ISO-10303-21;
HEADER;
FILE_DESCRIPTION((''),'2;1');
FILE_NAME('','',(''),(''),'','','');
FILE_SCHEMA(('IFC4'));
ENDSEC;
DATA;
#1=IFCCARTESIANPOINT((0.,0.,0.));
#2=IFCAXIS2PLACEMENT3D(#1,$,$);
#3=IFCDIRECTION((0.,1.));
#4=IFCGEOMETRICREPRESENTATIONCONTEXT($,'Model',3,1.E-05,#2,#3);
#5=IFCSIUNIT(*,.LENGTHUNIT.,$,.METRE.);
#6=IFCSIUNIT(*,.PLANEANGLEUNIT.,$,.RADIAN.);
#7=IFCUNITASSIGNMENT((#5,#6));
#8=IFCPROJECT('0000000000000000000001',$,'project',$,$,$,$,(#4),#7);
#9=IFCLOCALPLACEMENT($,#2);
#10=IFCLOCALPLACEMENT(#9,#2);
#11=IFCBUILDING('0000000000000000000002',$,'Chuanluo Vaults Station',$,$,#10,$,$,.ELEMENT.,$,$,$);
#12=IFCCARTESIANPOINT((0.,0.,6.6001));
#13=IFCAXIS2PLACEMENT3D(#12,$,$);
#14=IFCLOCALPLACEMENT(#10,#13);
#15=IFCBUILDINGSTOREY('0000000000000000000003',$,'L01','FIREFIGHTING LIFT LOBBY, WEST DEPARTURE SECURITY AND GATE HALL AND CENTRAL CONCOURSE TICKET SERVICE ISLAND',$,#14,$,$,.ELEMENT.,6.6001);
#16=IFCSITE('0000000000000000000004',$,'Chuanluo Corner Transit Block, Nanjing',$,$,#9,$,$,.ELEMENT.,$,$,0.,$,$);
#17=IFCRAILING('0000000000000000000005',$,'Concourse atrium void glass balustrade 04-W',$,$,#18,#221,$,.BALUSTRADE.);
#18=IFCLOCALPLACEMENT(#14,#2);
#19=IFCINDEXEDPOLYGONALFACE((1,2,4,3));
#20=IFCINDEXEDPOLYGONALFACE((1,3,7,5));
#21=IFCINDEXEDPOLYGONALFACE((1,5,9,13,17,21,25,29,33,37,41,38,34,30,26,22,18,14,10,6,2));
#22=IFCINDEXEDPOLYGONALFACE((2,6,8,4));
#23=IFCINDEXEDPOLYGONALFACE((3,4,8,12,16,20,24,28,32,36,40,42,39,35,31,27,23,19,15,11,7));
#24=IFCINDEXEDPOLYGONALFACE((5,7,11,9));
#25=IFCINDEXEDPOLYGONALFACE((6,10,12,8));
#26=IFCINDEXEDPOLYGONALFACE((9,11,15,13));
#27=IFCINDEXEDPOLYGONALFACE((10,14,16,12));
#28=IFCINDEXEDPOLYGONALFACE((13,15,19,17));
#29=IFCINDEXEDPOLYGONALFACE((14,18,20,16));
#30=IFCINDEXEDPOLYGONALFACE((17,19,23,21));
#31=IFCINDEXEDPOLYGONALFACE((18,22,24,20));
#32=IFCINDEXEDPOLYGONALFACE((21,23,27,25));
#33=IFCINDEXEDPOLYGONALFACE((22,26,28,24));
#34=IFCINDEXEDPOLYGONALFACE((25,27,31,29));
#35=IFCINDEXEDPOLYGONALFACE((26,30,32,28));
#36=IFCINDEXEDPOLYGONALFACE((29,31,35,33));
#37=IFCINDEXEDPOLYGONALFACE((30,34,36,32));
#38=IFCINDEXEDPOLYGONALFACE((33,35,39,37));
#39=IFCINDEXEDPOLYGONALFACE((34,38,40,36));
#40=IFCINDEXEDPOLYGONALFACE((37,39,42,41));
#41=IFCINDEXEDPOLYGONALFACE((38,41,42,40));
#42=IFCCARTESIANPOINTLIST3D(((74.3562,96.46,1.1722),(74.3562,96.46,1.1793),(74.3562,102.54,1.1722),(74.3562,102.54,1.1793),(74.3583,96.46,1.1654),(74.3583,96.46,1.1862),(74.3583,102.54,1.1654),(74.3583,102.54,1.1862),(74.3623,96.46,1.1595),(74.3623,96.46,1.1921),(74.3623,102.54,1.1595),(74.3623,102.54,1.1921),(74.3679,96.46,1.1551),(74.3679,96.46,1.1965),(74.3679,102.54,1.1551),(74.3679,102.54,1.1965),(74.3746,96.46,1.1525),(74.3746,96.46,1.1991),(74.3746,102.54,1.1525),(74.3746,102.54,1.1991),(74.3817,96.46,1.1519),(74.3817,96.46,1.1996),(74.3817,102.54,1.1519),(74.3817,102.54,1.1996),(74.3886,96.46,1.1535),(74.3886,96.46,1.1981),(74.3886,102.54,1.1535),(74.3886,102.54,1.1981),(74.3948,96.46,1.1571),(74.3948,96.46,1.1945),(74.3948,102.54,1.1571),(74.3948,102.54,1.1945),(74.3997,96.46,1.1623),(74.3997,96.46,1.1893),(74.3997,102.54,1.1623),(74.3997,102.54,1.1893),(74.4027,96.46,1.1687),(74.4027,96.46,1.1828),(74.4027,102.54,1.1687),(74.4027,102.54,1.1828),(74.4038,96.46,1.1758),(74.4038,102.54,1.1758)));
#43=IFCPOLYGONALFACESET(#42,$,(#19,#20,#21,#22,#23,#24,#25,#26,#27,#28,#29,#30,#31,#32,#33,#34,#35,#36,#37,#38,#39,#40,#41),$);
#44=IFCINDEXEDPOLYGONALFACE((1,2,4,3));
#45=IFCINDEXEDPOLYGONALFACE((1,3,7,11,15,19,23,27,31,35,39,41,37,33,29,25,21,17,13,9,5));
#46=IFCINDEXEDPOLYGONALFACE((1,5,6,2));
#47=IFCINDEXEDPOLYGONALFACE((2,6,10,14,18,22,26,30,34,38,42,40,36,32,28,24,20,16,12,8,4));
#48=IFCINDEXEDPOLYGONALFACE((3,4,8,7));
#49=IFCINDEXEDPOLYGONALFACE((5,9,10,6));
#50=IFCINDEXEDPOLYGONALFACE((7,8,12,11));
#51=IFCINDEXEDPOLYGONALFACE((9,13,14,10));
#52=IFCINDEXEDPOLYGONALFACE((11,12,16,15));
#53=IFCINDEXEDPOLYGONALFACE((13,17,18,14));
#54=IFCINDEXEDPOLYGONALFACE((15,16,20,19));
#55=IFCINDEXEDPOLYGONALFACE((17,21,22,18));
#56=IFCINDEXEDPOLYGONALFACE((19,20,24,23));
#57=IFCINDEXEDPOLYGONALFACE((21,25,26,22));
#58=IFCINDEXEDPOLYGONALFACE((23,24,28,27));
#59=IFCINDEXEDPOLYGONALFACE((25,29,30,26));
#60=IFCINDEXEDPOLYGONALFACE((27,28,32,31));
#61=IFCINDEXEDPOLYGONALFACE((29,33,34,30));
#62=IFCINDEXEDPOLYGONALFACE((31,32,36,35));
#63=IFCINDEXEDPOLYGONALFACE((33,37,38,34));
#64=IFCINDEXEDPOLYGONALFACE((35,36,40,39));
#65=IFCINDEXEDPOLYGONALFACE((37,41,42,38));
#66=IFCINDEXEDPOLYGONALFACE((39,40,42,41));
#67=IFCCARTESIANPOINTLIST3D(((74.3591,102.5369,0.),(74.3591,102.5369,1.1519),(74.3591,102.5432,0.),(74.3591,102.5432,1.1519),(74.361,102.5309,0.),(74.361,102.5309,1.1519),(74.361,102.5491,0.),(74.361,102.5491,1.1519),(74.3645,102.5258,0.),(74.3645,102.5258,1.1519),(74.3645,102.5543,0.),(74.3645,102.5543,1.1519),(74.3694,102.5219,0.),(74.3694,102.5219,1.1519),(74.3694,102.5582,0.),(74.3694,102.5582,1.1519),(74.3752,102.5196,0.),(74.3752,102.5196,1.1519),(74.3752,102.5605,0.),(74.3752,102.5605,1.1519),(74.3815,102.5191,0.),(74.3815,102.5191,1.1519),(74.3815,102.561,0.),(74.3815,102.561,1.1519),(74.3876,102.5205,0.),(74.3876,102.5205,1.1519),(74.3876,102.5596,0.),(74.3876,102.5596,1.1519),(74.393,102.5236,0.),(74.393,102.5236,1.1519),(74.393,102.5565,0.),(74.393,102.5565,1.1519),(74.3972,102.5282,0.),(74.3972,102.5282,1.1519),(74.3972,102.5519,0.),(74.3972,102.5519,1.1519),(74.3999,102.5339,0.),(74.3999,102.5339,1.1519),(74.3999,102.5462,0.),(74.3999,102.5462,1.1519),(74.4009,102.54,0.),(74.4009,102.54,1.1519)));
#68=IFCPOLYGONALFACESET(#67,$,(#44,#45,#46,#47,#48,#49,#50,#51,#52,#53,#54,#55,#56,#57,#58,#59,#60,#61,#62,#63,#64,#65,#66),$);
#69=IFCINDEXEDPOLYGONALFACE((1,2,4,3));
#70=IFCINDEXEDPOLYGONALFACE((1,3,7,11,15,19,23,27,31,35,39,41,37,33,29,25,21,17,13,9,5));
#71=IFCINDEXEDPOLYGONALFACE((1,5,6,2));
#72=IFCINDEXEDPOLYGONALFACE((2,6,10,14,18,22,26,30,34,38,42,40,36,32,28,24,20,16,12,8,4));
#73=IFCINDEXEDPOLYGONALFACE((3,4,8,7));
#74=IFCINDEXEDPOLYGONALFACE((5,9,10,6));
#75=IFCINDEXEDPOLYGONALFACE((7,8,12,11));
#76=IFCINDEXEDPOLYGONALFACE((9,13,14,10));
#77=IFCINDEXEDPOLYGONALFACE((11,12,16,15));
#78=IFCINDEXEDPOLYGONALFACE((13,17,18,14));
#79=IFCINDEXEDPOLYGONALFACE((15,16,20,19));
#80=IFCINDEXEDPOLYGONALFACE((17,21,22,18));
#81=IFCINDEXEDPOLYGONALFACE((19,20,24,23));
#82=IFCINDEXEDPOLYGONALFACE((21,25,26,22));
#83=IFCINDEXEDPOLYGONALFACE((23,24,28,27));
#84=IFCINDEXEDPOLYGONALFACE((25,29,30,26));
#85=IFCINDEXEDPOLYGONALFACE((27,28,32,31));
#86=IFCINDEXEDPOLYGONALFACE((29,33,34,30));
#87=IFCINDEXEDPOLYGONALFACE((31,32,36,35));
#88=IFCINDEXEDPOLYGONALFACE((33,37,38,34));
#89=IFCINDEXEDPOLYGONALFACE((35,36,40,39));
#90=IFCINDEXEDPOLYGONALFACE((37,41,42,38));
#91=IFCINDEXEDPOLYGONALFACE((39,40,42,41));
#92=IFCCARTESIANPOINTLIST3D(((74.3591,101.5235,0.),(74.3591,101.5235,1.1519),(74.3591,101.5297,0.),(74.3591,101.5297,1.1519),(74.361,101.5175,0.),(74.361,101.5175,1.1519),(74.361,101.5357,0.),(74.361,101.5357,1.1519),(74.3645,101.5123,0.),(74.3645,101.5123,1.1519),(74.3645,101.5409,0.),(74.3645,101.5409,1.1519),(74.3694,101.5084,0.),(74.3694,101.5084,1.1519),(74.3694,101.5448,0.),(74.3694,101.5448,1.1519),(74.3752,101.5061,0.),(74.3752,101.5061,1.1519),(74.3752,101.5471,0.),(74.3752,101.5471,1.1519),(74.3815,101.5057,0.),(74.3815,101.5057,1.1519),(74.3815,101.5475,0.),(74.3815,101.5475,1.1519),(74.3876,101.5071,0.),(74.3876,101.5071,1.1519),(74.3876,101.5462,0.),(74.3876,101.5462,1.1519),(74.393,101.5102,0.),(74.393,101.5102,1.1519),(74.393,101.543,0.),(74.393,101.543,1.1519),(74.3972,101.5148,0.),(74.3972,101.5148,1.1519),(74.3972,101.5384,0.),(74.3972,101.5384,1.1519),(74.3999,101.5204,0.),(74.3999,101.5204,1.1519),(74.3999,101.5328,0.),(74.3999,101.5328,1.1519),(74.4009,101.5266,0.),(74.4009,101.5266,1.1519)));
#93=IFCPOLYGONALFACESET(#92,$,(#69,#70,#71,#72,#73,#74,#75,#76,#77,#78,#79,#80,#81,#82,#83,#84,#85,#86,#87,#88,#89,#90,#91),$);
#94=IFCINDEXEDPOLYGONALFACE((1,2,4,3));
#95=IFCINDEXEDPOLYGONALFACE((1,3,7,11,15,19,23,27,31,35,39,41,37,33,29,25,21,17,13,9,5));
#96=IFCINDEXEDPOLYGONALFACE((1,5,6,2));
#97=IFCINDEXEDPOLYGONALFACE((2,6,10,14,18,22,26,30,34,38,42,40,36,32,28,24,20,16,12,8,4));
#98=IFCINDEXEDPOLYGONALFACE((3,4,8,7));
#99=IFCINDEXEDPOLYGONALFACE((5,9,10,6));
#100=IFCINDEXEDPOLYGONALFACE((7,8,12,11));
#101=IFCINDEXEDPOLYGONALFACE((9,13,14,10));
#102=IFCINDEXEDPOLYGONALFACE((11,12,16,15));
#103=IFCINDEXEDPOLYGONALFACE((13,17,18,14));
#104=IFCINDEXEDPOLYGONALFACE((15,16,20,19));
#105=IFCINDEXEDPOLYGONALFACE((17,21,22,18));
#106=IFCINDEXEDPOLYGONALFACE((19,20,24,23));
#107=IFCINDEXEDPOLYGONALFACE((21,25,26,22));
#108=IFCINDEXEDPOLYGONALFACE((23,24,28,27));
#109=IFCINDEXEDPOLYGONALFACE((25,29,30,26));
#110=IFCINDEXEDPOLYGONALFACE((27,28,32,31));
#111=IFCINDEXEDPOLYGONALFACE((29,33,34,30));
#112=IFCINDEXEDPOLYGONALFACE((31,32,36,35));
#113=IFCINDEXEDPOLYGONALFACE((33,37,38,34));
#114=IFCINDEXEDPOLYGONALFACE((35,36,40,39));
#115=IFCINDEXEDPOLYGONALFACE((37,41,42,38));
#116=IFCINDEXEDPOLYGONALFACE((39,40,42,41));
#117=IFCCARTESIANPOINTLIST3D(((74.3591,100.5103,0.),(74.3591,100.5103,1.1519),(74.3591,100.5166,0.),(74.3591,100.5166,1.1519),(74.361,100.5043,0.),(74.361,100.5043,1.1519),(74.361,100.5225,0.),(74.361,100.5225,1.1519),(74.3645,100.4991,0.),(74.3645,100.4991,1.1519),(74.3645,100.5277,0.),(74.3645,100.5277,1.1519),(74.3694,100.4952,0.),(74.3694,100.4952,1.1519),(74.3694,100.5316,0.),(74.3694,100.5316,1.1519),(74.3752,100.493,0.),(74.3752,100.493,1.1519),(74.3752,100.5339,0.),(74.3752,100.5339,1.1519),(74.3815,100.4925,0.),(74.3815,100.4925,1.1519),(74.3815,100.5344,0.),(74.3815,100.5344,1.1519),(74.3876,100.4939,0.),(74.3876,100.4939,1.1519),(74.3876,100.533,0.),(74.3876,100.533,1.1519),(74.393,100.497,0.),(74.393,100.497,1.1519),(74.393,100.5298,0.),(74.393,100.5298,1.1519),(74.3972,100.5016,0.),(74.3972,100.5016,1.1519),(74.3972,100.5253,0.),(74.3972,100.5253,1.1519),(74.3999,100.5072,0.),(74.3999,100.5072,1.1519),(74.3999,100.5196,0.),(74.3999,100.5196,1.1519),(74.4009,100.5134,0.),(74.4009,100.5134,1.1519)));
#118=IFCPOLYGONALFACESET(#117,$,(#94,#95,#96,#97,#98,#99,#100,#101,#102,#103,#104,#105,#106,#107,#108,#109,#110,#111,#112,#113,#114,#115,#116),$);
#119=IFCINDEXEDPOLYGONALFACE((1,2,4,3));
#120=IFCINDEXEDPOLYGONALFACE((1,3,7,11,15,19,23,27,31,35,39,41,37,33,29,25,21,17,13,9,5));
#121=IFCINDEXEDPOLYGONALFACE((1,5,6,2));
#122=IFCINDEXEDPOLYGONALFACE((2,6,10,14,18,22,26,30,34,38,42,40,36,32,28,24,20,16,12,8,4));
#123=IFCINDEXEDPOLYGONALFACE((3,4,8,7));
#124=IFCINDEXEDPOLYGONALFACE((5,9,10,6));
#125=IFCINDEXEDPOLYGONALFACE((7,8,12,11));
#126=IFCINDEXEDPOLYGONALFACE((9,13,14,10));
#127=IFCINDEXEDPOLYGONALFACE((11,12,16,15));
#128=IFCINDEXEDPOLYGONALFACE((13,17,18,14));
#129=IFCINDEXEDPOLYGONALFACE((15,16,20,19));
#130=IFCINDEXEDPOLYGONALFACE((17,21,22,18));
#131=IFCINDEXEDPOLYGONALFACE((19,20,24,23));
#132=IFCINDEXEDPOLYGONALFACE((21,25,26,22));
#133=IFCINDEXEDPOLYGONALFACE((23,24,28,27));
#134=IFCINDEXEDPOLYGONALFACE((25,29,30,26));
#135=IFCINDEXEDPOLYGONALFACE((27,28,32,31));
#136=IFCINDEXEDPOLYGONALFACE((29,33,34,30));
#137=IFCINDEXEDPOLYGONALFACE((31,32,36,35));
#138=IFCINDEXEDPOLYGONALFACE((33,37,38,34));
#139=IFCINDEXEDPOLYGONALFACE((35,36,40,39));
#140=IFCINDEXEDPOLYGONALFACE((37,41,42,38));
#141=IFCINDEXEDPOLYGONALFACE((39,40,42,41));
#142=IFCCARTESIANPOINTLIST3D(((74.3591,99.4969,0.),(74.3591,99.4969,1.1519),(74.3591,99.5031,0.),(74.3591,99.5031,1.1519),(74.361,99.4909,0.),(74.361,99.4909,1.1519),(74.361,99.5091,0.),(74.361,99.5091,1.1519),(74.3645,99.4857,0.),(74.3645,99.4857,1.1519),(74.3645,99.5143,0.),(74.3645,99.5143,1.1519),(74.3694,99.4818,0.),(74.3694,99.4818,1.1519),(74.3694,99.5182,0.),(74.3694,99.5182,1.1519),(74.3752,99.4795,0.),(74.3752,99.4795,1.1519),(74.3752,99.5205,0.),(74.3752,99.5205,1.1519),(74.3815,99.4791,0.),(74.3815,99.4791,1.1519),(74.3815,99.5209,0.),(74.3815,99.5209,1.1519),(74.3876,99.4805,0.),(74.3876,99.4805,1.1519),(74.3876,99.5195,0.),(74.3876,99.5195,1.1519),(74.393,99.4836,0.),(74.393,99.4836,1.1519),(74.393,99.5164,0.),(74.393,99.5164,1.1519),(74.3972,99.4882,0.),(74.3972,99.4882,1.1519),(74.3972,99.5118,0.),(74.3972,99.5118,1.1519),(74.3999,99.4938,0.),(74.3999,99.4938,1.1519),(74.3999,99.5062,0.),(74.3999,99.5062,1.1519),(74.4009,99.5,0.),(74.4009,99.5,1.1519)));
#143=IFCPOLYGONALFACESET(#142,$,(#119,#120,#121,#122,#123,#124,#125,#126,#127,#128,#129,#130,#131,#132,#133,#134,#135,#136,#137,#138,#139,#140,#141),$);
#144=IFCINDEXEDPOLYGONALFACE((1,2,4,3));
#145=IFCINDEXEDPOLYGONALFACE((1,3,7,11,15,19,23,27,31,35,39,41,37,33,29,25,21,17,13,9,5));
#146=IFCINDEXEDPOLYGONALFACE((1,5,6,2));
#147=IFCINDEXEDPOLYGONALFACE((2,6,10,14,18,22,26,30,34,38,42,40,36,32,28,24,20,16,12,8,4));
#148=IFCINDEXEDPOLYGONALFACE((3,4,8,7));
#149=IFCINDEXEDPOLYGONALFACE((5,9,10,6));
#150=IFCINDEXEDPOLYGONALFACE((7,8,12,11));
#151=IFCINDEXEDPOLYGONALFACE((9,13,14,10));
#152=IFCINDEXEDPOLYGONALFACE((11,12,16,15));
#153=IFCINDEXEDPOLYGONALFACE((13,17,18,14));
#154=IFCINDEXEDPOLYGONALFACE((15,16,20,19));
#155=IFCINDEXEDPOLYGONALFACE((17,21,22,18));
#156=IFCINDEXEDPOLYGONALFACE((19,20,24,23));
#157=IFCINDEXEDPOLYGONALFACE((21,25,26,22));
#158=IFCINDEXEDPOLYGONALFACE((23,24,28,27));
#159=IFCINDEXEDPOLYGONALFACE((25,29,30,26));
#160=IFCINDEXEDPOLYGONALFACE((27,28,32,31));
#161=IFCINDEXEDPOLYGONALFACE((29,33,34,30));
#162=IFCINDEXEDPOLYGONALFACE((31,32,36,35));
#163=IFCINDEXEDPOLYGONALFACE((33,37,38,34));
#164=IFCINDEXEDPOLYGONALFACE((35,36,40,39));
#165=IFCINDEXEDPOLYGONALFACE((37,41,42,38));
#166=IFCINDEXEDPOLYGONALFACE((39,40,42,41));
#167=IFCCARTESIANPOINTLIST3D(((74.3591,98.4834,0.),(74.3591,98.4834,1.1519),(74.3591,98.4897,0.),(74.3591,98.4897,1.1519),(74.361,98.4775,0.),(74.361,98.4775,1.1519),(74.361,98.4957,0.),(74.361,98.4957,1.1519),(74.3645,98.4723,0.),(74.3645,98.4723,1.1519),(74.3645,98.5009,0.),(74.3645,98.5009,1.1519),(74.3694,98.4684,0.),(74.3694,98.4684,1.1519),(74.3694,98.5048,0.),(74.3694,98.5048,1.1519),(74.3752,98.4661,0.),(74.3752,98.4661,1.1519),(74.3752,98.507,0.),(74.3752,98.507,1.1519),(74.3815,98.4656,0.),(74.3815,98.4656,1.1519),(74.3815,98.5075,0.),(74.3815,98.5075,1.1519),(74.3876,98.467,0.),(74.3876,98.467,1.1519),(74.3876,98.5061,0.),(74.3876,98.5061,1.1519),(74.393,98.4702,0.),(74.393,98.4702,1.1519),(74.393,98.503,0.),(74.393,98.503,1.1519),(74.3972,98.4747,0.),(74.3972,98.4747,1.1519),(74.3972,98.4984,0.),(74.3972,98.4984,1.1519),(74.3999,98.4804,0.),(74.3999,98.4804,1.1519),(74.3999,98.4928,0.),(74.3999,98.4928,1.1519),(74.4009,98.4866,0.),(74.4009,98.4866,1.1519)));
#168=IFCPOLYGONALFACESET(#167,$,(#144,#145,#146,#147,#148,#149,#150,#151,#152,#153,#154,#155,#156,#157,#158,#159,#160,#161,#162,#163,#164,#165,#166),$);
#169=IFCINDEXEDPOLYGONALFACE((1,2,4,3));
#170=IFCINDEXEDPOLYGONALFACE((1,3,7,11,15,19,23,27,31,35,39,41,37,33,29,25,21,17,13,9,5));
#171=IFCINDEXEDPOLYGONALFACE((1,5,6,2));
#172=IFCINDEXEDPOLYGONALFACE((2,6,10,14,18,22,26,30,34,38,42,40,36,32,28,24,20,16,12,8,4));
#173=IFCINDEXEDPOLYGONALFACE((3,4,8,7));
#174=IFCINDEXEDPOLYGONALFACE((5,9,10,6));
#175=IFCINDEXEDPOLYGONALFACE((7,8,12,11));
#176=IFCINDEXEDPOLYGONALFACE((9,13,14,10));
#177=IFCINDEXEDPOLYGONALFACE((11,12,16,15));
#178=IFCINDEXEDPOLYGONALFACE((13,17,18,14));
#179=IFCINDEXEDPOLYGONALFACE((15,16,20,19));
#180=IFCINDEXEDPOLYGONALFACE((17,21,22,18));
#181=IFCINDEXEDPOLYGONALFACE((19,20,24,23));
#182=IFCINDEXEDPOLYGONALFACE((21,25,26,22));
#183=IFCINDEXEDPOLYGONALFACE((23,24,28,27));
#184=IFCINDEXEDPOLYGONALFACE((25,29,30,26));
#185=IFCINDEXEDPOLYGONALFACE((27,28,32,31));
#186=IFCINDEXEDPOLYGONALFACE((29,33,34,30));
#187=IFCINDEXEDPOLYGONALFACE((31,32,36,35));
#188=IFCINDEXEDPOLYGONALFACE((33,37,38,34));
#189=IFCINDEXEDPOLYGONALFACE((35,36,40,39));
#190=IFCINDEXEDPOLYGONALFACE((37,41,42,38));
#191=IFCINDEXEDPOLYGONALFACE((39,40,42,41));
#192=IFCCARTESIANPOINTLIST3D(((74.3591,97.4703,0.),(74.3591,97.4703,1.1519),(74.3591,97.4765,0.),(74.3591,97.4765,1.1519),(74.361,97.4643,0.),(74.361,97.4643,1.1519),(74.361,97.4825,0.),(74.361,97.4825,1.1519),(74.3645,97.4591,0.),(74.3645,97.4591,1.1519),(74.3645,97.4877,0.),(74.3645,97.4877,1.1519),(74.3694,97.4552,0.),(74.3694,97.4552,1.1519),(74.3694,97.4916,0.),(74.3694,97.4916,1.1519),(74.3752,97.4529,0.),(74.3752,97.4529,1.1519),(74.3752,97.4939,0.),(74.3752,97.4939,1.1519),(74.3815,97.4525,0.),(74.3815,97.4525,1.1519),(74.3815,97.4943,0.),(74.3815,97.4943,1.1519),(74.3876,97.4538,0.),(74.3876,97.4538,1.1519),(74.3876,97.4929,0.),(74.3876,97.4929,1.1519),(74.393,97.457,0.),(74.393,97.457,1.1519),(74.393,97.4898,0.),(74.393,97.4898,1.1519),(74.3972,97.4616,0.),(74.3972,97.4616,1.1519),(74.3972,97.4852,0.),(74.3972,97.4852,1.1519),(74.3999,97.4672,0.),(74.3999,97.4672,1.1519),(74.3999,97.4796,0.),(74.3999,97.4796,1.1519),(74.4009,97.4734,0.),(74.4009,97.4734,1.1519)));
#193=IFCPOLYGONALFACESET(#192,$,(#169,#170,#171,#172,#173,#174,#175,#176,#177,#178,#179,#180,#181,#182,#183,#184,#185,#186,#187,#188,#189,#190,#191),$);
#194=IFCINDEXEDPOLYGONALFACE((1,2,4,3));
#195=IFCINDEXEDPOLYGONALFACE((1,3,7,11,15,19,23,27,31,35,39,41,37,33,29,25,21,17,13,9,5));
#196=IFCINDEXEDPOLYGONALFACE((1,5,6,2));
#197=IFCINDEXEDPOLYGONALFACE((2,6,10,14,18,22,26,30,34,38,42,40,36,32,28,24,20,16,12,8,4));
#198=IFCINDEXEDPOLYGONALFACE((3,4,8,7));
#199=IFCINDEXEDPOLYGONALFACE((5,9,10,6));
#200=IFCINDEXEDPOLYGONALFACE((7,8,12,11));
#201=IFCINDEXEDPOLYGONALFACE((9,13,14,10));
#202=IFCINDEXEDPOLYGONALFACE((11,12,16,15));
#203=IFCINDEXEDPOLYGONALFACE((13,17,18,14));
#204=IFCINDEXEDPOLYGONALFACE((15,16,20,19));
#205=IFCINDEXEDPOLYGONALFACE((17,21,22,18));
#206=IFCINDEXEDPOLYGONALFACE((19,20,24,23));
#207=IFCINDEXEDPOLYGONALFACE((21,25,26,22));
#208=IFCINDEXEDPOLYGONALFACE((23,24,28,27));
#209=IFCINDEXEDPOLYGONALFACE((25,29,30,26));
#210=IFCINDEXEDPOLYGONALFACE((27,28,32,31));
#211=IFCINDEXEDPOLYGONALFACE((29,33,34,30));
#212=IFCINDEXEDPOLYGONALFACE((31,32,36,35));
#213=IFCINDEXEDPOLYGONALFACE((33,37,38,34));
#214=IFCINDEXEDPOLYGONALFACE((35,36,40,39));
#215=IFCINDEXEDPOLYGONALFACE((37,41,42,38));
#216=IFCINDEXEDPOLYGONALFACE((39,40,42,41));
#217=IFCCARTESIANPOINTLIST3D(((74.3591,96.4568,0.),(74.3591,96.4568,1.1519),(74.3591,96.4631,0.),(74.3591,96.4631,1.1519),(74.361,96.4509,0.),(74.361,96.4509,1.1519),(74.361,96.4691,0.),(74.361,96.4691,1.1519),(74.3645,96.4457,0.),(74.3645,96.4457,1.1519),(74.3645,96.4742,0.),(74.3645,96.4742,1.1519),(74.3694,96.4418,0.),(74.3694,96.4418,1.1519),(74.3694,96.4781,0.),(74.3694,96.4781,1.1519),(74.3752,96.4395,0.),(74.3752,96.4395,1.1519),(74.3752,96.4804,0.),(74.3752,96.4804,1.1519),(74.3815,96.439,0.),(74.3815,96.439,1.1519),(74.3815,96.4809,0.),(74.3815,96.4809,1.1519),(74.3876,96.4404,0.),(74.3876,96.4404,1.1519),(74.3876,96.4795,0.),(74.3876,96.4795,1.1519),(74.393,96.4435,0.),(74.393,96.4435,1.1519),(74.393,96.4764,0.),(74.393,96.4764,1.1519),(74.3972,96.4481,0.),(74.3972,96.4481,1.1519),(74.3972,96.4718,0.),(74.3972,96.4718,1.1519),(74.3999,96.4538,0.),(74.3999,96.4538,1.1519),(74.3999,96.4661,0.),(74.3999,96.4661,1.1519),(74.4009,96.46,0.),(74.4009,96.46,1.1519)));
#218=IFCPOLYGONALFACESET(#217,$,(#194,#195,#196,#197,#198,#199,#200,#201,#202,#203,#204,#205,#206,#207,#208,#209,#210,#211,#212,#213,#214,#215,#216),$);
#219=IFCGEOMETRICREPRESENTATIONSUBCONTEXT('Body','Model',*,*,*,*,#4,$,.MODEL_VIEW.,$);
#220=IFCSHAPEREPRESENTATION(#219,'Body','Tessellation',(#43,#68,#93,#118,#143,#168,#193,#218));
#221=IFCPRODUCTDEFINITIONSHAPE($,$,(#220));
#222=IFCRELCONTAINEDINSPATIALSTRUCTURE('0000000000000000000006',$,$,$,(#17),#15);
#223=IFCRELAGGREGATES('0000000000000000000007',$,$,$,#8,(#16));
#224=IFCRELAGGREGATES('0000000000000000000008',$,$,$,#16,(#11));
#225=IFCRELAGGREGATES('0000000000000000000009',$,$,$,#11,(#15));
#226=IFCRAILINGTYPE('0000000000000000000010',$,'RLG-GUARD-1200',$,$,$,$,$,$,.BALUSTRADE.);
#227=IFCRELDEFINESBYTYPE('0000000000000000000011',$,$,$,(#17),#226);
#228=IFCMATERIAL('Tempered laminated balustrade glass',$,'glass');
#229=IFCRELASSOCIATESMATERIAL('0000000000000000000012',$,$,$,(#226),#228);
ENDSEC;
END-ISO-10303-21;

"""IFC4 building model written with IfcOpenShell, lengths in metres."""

from ifc_helpers import new_model, si_unit, direction, frame, origin, origin_2d, place, context, subcontext, project, spatial, circle, extrude, material, type_object, element, save


model = new_model("IFC4")

# Units and contexts
model_context = context("Model", 3, precision=1e-05, world=origin(), true_north=direction((0.0, 1.0)))
body_context = subcontext(model_context, "Body", "Model", "MODEL_VIEW")
ifc_project = project(units=[si_unit("LENGTHUNIT", "METRE"), si_unit("PLANEANGLEUNIT", "RADIAN")], contexts=[model_context])

# Site, building, storey
site_placement = place(None, origin())
site = spatial("IfcSite", under=ifc_project, at=site_placement, Name="Chuanluo Corner Transit Block, Nanjing", CompositionType="ELEMENT", RefElevation=0.0)
building_placement = place(site_placement, origin())
building = spatial("IfcBuilding", under=site, at=building_placement, Name="Chuanluo Vaults Station", CompositionType="ELEMENT")
storey_placement = place(building_placement, frame((0.0, 0.0, 6.6001)))
storey = spatial("IfcBuildingStorey", under=building, at=storey_placement, Name="L01", Description="FIREFIGHTING LIFT LOBBY, WEST DEPARTURE SECURITY AND GATE HALL AND CENTRAL CONCOURSE TICKET SERVICE ISLAND", CompositionType="ELEMENT", Elevation=6.6001)

# Railing
ifc_material_1 = material(Name="Tempered laminated balustrade glass", Category="glass")
railing_type = type_object("IfcRailingType", Name="RLG-GUARD-1200", PredefinedType="BALUSTRADE", material=ifc_material_1)
railing_1_placement = place(storey_placement, frame((74.3799, 102.54, 0.0)))
element("IfcRailing", 1, at=railing_1_placement, inside=storey, type_object=railing_type, Name="Concourse atrium void glass balustrade 04-W", PredefinedType="BALUSTRADE", context=body_context, shape_type="SweptSolid", body=[
    extrude(circle(Radius=0.0239, at=origin_2d()), frame((0.0, 0.0, 1.1758), z_axis=(0.0, -1.0, 0.0), x_axis=(1.0, 0.0, 0.0)), (0.0, 0.0, 1.0), 6.0801),
    extrude(circle(Radius=0.021, at=origin_2d()), origin(), (0.0, 0.0, 1.0), 1.1519),
    extrude(circle(Radius=0.021, at=origin_2d()), frame((0.0, -1.0134, 0.0)), (0.0, 0.0, 1.0), 1.1519),
    extrude(circle(Radius=0.021, at=origin_2d()), frame((0.0, -2.0266, 0.0)), (0.0, 0.0, 1.0), 1.1519),
    extrude(circle(Radius=0.021, at=origin_2d()), frame((0.0, -3.04, 0.0)), (0.0, 0.0, 1.0), 1.1519),
    extrude(circle(Radius=0.021, at=origin_2d()), frame((0.0, -4.0535, 0.0)), (0.0, 0.0, 1.0), 1.1519),
    extrude(circle(Radius=0.021, at=origin_2d()), frame((0.0, -5.0667, 0.0)), (0.0, 0.0, 1.0), 1.1519),
    extrude(circle(Radius=0.021, at=origin_2d()), frame((0.0, -6.0801, 0.0)), (0.0, 0.0, 1.0), 1.1519),
])

save(model, "model.ifc")
